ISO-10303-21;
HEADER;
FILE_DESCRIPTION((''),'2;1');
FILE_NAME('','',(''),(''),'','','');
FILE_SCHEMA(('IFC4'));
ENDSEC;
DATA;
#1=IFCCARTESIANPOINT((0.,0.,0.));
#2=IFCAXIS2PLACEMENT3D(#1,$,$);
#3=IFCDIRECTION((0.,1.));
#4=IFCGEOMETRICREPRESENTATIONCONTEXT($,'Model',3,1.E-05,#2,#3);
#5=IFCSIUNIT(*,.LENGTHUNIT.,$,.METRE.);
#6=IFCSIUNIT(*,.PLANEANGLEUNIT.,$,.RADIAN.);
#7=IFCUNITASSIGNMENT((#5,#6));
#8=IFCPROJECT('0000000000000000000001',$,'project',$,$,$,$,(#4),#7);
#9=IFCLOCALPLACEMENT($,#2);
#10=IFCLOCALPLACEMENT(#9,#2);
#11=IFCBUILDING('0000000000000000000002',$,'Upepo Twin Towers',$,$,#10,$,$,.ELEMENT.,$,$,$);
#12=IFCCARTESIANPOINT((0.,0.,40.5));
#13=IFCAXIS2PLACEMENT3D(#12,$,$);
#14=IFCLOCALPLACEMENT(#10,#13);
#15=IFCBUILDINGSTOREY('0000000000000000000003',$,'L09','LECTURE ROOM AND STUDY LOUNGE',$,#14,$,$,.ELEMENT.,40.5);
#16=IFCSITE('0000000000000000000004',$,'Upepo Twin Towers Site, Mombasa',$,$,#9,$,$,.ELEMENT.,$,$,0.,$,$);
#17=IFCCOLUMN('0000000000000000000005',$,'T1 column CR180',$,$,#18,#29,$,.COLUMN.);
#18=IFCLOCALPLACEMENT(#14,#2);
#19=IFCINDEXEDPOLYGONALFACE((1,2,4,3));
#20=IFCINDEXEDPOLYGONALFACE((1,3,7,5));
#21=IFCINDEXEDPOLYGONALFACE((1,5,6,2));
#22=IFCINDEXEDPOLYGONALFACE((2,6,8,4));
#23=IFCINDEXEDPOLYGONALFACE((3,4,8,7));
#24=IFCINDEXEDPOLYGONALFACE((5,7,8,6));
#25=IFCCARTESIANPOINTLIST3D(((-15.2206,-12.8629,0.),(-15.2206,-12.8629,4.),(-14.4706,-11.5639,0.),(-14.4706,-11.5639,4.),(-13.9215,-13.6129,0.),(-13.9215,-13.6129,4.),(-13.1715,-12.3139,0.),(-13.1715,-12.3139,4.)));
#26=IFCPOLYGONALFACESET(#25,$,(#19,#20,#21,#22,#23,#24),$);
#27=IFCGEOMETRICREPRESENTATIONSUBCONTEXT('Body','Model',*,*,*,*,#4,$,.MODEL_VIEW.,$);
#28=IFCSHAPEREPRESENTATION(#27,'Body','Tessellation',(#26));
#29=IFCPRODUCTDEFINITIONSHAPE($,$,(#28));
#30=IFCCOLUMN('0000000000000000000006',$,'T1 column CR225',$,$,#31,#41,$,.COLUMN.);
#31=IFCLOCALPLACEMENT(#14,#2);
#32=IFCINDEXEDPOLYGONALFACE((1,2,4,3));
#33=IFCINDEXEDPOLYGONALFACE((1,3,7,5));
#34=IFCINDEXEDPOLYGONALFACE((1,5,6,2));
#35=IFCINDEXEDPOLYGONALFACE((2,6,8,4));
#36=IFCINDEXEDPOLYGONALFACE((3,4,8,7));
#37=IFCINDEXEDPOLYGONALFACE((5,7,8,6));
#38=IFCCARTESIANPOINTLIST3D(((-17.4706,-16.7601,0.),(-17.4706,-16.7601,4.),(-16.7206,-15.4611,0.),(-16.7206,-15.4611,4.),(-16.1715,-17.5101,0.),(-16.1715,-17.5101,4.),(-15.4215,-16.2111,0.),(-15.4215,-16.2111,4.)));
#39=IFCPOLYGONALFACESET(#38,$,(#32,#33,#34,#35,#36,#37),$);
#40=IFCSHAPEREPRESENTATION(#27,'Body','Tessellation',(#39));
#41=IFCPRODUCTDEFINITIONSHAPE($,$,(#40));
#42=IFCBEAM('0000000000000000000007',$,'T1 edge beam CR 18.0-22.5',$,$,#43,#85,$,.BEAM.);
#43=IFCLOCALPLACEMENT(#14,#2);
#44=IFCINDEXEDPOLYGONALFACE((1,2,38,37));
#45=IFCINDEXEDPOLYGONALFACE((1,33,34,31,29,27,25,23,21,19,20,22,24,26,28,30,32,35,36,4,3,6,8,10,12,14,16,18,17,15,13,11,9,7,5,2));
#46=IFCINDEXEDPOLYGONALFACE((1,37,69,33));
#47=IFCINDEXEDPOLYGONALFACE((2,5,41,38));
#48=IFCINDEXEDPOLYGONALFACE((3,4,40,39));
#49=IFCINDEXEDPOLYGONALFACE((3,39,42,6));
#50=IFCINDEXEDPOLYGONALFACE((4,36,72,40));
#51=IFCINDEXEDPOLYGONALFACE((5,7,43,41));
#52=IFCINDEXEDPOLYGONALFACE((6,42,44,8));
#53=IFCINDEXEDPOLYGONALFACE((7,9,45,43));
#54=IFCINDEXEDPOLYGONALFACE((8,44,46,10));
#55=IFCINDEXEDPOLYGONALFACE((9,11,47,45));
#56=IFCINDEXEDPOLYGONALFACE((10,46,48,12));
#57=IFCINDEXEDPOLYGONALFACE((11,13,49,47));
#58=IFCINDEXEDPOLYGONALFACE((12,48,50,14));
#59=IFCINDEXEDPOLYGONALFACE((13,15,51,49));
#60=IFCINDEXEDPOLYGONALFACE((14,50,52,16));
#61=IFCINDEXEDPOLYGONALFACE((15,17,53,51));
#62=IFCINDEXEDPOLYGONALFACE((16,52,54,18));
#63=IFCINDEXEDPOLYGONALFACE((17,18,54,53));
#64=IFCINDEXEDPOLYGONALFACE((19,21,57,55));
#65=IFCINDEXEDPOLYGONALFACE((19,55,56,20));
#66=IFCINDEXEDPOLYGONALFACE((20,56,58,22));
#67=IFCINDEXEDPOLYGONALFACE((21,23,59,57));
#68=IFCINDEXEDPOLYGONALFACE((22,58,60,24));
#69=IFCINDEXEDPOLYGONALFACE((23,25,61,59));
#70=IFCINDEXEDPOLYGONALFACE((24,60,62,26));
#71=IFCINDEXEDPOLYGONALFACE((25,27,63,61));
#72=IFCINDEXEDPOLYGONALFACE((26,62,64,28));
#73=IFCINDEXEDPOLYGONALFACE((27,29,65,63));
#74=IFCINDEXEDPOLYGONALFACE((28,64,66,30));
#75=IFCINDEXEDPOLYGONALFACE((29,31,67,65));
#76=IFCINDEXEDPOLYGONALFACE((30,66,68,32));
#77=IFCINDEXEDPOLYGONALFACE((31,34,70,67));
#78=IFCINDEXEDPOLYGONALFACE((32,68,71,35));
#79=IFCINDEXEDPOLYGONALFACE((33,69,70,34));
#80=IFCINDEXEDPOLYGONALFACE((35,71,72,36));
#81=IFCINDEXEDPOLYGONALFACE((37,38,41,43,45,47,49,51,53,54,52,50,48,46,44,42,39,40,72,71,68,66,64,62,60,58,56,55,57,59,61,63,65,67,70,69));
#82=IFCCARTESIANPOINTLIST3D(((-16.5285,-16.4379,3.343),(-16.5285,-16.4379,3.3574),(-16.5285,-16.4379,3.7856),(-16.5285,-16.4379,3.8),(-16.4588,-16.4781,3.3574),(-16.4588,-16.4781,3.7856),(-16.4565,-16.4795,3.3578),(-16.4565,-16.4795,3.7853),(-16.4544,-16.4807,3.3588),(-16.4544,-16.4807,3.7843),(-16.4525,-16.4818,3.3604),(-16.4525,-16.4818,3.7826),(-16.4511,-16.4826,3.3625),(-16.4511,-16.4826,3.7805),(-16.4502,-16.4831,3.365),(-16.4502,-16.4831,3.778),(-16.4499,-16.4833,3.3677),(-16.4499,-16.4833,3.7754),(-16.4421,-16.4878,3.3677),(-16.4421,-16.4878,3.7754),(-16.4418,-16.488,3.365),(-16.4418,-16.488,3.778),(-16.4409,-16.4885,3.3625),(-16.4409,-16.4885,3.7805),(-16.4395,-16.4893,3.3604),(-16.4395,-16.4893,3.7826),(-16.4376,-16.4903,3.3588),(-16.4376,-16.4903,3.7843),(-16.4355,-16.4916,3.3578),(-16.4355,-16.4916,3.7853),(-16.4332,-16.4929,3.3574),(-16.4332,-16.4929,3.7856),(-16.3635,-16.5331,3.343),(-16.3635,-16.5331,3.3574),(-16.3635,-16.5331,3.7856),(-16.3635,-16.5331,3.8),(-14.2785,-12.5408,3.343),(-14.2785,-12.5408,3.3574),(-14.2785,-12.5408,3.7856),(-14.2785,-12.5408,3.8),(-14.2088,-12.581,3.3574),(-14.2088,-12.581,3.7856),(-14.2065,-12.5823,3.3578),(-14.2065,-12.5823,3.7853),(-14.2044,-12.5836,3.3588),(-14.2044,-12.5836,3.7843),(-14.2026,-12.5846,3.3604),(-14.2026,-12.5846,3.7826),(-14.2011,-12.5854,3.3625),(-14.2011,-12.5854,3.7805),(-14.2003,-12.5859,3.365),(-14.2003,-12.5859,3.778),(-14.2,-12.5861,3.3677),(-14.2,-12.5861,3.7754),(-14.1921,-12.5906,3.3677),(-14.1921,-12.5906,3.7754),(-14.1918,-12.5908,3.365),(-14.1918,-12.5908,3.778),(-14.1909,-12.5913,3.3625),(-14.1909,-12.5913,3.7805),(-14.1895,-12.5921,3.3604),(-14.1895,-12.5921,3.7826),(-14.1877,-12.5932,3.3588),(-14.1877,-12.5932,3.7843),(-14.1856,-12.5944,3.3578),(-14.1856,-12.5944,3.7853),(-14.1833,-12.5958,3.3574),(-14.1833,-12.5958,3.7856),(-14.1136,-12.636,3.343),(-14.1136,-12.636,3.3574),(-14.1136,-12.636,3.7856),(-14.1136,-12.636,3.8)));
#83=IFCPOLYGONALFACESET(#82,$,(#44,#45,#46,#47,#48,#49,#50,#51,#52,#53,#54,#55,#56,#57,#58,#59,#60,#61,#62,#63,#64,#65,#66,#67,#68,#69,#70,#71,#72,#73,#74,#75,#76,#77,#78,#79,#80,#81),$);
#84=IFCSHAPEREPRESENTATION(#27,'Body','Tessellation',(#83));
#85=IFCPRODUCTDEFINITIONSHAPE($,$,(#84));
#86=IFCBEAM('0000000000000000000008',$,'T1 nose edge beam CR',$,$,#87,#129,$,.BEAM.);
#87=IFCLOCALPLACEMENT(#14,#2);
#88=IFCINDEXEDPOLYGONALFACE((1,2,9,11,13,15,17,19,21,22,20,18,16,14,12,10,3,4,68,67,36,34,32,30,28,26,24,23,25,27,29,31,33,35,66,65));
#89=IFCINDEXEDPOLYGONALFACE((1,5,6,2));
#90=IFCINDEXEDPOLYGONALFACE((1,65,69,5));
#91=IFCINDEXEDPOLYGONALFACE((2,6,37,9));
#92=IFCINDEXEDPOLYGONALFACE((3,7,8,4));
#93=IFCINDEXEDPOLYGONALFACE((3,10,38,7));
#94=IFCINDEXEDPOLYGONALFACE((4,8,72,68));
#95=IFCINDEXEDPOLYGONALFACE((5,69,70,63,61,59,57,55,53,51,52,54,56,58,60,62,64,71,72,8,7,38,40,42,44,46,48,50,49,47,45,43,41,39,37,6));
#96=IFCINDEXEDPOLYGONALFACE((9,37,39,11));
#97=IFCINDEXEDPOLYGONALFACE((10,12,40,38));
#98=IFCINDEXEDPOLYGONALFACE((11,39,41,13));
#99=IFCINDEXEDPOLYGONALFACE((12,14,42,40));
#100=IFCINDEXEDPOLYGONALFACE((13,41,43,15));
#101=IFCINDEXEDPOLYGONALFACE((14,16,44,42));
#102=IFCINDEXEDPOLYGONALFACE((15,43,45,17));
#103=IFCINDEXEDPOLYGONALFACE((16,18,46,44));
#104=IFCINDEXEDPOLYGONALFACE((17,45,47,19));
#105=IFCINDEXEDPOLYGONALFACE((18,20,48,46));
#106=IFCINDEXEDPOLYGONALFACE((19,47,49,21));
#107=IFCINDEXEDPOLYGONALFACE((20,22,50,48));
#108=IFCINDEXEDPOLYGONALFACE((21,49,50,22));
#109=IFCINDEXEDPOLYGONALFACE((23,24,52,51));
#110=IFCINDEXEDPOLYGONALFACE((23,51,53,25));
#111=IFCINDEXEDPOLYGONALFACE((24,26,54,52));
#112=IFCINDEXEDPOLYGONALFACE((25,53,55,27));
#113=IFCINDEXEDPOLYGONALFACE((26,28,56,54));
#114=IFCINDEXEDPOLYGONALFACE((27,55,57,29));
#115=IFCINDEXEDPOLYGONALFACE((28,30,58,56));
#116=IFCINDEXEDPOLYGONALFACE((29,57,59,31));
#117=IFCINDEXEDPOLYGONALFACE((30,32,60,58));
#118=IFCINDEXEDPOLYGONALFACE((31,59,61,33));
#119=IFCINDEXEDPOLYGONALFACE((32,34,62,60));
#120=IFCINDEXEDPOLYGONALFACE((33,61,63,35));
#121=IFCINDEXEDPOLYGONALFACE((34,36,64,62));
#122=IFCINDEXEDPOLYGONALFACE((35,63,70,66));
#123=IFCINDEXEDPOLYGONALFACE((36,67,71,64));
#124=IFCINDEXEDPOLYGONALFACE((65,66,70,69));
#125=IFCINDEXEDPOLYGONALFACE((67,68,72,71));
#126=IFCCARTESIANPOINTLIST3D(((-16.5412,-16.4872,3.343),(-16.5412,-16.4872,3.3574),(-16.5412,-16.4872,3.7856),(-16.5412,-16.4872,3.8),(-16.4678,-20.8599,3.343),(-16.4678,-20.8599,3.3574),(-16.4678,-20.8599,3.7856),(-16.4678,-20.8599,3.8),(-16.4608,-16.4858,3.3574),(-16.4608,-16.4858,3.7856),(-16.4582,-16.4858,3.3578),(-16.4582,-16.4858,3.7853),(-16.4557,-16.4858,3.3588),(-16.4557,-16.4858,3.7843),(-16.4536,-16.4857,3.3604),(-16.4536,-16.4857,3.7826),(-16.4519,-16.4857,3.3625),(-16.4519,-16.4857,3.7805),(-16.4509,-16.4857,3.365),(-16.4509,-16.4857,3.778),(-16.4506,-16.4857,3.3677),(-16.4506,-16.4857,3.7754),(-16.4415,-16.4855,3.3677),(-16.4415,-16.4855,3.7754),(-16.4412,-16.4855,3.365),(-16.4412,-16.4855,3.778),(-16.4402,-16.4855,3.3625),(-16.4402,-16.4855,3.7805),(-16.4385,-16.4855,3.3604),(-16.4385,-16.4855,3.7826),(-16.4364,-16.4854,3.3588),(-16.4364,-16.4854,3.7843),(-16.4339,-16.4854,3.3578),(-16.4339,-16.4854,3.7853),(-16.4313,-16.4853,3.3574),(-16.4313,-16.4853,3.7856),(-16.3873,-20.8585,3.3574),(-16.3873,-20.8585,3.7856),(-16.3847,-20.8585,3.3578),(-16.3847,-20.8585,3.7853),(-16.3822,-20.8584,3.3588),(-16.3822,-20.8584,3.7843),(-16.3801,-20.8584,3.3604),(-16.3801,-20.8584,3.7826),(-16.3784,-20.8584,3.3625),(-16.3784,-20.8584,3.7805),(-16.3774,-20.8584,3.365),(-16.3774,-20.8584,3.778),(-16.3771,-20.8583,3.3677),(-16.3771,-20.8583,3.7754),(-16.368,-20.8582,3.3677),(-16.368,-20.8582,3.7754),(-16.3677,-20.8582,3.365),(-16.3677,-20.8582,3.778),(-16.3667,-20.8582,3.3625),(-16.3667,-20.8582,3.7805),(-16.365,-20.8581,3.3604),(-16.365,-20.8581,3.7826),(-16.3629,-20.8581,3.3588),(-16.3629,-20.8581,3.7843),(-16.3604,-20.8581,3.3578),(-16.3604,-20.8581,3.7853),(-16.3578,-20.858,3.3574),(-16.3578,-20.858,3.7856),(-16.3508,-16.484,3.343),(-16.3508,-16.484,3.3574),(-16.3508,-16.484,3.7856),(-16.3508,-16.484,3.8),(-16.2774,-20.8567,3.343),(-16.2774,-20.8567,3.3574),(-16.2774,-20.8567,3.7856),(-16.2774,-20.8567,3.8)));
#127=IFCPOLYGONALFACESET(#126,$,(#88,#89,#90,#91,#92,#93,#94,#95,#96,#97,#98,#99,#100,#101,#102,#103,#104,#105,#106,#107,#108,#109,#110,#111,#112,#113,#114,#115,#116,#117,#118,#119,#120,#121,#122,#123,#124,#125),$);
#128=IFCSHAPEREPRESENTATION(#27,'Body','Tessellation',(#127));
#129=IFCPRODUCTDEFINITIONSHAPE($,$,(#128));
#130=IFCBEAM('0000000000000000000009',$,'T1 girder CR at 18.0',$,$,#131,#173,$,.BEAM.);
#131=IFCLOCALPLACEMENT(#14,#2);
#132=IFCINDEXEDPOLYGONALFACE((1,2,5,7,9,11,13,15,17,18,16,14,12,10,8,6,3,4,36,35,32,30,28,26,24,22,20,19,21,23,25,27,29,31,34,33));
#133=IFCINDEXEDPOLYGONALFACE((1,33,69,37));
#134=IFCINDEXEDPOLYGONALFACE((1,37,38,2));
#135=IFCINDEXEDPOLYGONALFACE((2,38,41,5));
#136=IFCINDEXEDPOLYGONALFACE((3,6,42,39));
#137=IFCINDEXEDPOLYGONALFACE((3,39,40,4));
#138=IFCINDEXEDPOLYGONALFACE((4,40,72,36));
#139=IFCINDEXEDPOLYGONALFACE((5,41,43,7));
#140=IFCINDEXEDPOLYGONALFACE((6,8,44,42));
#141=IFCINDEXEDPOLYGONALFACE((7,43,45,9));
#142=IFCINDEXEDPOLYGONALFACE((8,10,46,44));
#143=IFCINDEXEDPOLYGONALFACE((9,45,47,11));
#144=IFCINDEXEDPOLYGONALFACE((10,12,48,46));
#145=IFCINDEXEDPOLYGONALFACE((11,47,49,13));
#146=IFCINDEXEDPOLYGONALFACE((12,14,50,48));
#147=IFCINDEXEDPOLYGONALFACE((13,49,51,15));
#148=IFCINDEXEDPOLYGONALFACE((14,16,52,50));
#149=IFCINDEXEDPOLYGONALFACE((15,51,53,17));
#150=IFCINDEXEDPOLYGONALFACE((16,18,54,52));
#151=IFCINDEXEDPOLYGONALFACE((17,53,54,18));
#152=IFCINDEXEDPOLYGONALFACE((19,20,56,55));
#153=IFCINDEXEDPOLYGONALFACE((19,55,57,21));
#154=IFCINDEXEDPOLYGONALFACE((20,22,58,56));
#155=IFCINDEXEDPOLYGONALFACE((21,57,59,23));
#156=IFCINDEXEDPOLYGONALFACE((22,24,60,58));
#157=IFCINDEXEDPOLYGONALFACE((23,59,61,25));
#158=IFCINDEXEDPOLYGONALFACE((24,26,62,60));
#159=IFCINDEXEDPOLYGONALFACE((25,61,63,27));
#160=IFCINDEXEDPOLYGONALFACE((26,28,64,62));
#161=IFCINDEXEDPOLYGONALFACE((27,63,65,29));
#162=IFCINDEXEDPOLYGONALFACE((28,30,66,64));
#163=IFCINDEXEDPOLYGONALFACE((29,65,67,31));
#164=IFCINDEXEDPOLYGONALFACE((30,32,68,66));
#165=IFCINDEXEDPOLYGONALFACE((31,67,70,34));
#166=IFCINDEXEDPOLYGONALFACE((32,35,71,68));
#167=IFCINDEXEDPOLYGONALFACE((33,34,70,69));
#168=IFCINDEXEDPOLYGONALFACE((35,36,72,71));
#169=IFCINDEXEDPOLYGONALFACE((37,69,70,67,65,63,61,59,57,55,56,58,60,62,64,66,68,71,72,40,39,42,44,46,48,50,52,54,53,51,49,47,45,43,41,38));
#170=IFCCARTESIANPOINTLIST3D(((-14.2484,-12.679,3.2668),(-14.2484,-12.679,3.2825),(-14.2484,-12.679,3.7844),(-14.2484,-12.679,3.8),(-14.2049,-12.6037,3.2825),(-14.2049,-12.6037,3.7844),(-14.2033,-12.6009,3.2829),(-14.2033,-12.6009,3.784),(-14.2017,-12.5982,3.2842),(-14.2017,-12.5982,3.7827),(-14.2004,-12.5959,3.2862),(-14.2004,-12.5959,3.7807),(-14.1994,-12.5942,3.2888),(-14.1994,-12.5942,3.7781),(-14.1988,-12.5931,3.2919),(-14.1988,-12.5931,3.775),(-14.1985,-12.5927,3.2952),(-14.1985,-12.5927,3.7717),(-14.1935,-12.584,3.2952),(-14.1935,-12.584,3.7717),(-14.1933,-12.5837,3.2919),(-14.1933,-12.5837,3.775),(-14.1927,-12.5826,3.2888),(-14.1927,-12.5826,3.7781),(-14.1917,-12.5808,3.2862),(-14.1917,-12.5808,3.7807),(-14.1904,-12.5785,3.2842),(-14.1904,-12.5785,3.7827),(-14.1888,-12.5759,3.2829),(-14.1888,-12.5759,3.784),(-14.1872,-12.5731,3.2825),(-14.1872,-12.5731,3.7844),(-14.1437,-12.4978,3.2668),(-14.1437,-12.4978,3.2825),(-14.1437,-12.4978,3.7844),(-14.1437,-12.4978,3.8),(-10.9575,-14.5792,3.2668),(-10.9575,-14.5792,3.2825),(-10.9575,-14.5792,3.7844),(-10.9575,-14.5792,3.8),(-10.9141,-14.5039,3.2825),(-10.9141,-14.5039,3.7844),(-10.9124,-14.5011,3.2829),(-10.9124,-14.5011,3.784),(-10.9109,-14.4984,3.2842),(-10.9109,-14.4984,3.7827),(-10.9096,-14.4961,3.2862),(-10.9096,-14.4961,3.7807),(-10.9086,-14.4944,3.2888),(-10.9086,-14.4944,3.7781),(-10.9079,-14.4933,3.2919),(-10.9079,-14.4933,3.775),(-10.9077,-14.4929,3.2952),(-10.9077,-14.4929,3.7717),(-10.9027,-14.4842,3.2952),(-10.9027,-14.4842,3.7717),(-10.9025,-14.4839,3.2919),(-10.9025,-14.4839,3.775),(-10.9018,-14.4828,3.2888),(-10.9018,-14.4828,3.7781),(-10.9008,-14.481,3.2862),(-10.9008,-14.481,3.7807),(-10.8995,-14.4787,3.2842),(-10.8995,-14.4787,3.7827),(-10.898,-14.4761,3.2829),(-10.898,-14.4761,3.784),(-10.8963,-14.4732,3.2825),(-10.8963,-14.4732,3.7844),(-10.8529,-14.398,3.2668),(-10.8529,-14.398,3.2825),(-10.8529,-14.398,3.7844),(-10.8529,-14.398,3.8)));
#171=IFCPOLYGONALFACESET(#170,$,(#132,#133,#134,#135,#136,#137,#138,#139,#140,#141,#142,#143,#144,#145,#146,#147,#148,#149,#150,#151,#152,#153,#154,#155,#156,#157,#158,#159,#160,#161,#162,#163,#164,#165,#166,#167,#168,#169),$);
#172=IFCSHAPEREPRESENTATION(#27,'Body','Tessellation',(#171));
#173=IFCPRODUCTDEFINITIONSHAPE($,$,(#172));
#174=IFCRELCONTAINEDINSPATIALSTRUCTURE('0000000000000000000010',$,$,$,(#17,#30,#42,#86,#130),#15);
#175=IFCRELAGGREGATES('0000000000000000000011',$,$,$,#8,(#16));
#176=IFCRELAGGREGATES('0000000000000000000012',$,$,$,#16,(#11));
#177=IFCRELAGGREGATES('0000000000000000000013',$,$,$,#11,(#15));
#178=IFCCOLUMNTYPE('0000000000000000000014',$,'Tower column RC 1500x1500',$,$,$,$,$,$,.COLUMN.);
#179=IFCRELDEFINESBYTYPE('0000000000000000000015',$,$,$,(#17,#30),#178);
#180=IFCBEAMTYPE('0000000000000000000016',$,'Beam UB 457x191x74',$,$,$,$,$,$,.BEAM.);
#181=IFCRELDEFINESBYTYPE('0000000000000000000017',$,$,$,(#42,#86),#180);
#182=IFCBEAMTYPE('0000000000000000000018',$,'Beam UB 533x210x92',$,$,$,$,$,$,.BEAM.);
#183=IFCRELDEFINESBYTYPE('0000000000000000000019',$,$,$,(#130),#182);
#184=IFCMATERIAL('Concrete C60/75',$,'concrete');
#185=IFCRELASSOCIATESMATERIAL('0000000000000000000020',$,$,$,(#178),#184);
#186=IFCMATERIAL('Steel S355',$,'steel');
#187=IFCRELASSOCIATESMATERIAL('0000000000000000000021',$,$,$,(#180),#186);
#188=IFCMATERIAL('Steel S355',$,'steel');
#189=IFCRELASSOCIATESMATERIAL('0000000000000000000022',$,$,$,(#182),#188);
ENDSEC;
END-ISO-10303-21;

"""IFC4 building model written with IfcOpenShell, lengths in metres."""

from ifc_helpers import new_model, si_unit, direction, frame, origin, origin_2d, place, context, subcontext, project, spatial, rectangle, i_section, extrude, material, material_profile, profile_set, type_object, element, save


model = new_model("IFC4")

# Units and contexts
model_context = context("Model", 3, precision=1e-05, world=origin(), true_north=direction((0.0, 1.0)))
body_context = subcontext(model_context, "Body", "Model", "MODEL_VIEW")
ifc_project = project(units=[si_unit("LENGTHUNIT", "METRE"), si_unit("PLANEANGLEUNIT", "RADIAN")], contexts=[model_context])

# Site, building, storey
site_placement = place(None, origin())
site = spatial("IfcSite", under=ifc_project, at=site_placement, Name="Upepo Twin Towers Site, Mombasa", CompositionType="ELEMENT", RefElevation=0.0)
building_placement = place(site_placement, origin())
building = spatial("IfcBuilding", under=site, at=building_placement, Name="Upepo Twin Towers", CompositionType="ELEMENT")
storey_placement = place(building_placement, frame((0.0, 0.0, 40.5)))
storey = spatial("IfcBuildingStorey", under=building, at=storey_placement, Name="L09", Description="LECTURE ROOM AND STUDY LOUNGE", CompositionType="ELEMENT", Elevation=40.5)

# Columns
ifc_material_1 = material(Name="Concrete C60/75", Category="concrete")
ifc_material_profile_1 = material_profile(ifc_material_1, rectangle(XDim=1.5, YDim=1.5, at=origin_2d()), Name="RC 1500x1500")
ifc_profile_set_1 = profile_set([ifc_material_profile_1], Name="Concrete C60/75")
column_type = type_object("IfcColumnType", Name="Tower column RC 1500x1500", PredefinedType="COLUMN", material=ifc_profile_set_1)
for number, where, z_axis, x_axis, name in (
    (1, (-14.196, -12.5884, 0.0), (0.0, 0.0, 1.0), (0.5, 0.866025, 0.0), "T1 column CR180"),
    (2, (-16.446, -16.4856, 0.0), (0.0, 0.0, 1.0), (0.5, 0.866025, 0.0), "T1 column CR225"),
):
    element("IfcColumn", number, at=place(storey_placement, frame(where, z_axis=z_axis, x_axis=x_axis)), inside=storey, type_object=column_type, Name=name, PredefinedType="COLUMN", context=body_context, shape_type="SweptSolid", body=[
        extrude(rectangle(XDim=1.5, YDim=1.5, at=origin_2d()), origin(), (0.0, 0.0, 1.0), 4.0),
    ])

# Beams
ifc_material_2 = material(Name="Steel S355", Category="steel")
ifc_material_profile_2 = material_profile(ifc_material_2, i_section(OverallWidth=0.1904, OverallDepth=0.457, WebThickness=0.009, FlangeThickness=0.0144, FilletRadius=0.0103, at=origin_2d()), Name="UB 457x191x74")
ifc_profile_set_2 = profile_set([ifc_material_profile_2], Name="Steel S355")
beam_type_1 = type_object("IfcBeamType", Name="Beam UB 457x191x74", PredefinedType="BEAM", material=ifc_profile_set_2)
beam_1_placement = place(storey_placement, frame((-14.196, -12.5884, 3.5715), z_axis=(-0.49999, -0.866031, 0.0), x_axis=(0.866031, -0.49999, 0.0)))
element("IfcBeam", 3, at=beam_1_placement, inside=storey, type_object=beam_type_1, Name="T1 edge beam CR 18.0-22.5", PredefinedType="BEAM", context=body_context, shape_type="SweptSolid", body=[
    extrude(i_section(OverallWidth=0.1904, OverallDepth=0.457, WebThickness=0.009, FlangeThickness=0.0144, FilletRadius=0.0103, at=origin_2d()), origin(), (0.0, 0.0, 1.0), 4.5),
])
beam_2_placement = place(storey_placement, frame((-16.446, -16.4856, 3.5715), z_axis=(0.016804, -0.999859, 0.0), x_axis=(0.999859, 0.016804, 0.0)))
element("IfcBeam", 4, at=beam_2_placement, inside=storey, type_object=beam_type_1, Name="T1 nose edge beam CR", PredefinedType="BEAM", context=body_context, shape_type="SweptSolid", body=[
    extrude(i_section(OverallWidth=0.1904, OverallDepth=0.457, WebThickness=0.009, FlangeThickness=0.0144, FilletRadius=0.0103, at=origin_2d()), origin(), (0.0, 0.0, 1.0), 4.3733),
])
ifc_material_3 = material(Name="Steel S355", Category="steel")
ifc_material_profile_3 = material_profile(ifc_material_3, i_section(OverallWidth=0.2092, OverallDepth=0.5332, WebThickness=0.01, FlangeThickness=0.0156, FilletRadius=0.0127, at=origin_2d()), Name="UB 533x210x92")
ifc_profile_set_3 = profile_set([ifc_material_profile_3], Name="Steel S355")
beam_type_2 = type_object("IfcBeamType", Name="Beam UB 533x210x92", PredefinedType="BEAM", material=ifc_profile_set_3)
beam_3_placement = place(storey_placement, frame((-14.196, -12.5884, 3.5334), z_axis=(0.866, -0.500043, 0.0), x_axis=(0.500043, 0.866, 0.0)))
element("IfcBeam", 5, at=beam_3_placement, inside=storey, type_object=beam_type_2, Name="T1 girder CR at 18.0", PredefinedType="BEAM", context=body_context, shape_type="SweptSolid", body=[
    extrude(i_section(OverallWidth=0.2092, OverallDepth=0.5332, WebThickness=0.01, FlangeThickness=0.0156, FilletRadius=0.0127, at=origin_2d()), origin(), (0.0, 0.0, 1.0), 3.8),
])

save(model, "model.ifc")
